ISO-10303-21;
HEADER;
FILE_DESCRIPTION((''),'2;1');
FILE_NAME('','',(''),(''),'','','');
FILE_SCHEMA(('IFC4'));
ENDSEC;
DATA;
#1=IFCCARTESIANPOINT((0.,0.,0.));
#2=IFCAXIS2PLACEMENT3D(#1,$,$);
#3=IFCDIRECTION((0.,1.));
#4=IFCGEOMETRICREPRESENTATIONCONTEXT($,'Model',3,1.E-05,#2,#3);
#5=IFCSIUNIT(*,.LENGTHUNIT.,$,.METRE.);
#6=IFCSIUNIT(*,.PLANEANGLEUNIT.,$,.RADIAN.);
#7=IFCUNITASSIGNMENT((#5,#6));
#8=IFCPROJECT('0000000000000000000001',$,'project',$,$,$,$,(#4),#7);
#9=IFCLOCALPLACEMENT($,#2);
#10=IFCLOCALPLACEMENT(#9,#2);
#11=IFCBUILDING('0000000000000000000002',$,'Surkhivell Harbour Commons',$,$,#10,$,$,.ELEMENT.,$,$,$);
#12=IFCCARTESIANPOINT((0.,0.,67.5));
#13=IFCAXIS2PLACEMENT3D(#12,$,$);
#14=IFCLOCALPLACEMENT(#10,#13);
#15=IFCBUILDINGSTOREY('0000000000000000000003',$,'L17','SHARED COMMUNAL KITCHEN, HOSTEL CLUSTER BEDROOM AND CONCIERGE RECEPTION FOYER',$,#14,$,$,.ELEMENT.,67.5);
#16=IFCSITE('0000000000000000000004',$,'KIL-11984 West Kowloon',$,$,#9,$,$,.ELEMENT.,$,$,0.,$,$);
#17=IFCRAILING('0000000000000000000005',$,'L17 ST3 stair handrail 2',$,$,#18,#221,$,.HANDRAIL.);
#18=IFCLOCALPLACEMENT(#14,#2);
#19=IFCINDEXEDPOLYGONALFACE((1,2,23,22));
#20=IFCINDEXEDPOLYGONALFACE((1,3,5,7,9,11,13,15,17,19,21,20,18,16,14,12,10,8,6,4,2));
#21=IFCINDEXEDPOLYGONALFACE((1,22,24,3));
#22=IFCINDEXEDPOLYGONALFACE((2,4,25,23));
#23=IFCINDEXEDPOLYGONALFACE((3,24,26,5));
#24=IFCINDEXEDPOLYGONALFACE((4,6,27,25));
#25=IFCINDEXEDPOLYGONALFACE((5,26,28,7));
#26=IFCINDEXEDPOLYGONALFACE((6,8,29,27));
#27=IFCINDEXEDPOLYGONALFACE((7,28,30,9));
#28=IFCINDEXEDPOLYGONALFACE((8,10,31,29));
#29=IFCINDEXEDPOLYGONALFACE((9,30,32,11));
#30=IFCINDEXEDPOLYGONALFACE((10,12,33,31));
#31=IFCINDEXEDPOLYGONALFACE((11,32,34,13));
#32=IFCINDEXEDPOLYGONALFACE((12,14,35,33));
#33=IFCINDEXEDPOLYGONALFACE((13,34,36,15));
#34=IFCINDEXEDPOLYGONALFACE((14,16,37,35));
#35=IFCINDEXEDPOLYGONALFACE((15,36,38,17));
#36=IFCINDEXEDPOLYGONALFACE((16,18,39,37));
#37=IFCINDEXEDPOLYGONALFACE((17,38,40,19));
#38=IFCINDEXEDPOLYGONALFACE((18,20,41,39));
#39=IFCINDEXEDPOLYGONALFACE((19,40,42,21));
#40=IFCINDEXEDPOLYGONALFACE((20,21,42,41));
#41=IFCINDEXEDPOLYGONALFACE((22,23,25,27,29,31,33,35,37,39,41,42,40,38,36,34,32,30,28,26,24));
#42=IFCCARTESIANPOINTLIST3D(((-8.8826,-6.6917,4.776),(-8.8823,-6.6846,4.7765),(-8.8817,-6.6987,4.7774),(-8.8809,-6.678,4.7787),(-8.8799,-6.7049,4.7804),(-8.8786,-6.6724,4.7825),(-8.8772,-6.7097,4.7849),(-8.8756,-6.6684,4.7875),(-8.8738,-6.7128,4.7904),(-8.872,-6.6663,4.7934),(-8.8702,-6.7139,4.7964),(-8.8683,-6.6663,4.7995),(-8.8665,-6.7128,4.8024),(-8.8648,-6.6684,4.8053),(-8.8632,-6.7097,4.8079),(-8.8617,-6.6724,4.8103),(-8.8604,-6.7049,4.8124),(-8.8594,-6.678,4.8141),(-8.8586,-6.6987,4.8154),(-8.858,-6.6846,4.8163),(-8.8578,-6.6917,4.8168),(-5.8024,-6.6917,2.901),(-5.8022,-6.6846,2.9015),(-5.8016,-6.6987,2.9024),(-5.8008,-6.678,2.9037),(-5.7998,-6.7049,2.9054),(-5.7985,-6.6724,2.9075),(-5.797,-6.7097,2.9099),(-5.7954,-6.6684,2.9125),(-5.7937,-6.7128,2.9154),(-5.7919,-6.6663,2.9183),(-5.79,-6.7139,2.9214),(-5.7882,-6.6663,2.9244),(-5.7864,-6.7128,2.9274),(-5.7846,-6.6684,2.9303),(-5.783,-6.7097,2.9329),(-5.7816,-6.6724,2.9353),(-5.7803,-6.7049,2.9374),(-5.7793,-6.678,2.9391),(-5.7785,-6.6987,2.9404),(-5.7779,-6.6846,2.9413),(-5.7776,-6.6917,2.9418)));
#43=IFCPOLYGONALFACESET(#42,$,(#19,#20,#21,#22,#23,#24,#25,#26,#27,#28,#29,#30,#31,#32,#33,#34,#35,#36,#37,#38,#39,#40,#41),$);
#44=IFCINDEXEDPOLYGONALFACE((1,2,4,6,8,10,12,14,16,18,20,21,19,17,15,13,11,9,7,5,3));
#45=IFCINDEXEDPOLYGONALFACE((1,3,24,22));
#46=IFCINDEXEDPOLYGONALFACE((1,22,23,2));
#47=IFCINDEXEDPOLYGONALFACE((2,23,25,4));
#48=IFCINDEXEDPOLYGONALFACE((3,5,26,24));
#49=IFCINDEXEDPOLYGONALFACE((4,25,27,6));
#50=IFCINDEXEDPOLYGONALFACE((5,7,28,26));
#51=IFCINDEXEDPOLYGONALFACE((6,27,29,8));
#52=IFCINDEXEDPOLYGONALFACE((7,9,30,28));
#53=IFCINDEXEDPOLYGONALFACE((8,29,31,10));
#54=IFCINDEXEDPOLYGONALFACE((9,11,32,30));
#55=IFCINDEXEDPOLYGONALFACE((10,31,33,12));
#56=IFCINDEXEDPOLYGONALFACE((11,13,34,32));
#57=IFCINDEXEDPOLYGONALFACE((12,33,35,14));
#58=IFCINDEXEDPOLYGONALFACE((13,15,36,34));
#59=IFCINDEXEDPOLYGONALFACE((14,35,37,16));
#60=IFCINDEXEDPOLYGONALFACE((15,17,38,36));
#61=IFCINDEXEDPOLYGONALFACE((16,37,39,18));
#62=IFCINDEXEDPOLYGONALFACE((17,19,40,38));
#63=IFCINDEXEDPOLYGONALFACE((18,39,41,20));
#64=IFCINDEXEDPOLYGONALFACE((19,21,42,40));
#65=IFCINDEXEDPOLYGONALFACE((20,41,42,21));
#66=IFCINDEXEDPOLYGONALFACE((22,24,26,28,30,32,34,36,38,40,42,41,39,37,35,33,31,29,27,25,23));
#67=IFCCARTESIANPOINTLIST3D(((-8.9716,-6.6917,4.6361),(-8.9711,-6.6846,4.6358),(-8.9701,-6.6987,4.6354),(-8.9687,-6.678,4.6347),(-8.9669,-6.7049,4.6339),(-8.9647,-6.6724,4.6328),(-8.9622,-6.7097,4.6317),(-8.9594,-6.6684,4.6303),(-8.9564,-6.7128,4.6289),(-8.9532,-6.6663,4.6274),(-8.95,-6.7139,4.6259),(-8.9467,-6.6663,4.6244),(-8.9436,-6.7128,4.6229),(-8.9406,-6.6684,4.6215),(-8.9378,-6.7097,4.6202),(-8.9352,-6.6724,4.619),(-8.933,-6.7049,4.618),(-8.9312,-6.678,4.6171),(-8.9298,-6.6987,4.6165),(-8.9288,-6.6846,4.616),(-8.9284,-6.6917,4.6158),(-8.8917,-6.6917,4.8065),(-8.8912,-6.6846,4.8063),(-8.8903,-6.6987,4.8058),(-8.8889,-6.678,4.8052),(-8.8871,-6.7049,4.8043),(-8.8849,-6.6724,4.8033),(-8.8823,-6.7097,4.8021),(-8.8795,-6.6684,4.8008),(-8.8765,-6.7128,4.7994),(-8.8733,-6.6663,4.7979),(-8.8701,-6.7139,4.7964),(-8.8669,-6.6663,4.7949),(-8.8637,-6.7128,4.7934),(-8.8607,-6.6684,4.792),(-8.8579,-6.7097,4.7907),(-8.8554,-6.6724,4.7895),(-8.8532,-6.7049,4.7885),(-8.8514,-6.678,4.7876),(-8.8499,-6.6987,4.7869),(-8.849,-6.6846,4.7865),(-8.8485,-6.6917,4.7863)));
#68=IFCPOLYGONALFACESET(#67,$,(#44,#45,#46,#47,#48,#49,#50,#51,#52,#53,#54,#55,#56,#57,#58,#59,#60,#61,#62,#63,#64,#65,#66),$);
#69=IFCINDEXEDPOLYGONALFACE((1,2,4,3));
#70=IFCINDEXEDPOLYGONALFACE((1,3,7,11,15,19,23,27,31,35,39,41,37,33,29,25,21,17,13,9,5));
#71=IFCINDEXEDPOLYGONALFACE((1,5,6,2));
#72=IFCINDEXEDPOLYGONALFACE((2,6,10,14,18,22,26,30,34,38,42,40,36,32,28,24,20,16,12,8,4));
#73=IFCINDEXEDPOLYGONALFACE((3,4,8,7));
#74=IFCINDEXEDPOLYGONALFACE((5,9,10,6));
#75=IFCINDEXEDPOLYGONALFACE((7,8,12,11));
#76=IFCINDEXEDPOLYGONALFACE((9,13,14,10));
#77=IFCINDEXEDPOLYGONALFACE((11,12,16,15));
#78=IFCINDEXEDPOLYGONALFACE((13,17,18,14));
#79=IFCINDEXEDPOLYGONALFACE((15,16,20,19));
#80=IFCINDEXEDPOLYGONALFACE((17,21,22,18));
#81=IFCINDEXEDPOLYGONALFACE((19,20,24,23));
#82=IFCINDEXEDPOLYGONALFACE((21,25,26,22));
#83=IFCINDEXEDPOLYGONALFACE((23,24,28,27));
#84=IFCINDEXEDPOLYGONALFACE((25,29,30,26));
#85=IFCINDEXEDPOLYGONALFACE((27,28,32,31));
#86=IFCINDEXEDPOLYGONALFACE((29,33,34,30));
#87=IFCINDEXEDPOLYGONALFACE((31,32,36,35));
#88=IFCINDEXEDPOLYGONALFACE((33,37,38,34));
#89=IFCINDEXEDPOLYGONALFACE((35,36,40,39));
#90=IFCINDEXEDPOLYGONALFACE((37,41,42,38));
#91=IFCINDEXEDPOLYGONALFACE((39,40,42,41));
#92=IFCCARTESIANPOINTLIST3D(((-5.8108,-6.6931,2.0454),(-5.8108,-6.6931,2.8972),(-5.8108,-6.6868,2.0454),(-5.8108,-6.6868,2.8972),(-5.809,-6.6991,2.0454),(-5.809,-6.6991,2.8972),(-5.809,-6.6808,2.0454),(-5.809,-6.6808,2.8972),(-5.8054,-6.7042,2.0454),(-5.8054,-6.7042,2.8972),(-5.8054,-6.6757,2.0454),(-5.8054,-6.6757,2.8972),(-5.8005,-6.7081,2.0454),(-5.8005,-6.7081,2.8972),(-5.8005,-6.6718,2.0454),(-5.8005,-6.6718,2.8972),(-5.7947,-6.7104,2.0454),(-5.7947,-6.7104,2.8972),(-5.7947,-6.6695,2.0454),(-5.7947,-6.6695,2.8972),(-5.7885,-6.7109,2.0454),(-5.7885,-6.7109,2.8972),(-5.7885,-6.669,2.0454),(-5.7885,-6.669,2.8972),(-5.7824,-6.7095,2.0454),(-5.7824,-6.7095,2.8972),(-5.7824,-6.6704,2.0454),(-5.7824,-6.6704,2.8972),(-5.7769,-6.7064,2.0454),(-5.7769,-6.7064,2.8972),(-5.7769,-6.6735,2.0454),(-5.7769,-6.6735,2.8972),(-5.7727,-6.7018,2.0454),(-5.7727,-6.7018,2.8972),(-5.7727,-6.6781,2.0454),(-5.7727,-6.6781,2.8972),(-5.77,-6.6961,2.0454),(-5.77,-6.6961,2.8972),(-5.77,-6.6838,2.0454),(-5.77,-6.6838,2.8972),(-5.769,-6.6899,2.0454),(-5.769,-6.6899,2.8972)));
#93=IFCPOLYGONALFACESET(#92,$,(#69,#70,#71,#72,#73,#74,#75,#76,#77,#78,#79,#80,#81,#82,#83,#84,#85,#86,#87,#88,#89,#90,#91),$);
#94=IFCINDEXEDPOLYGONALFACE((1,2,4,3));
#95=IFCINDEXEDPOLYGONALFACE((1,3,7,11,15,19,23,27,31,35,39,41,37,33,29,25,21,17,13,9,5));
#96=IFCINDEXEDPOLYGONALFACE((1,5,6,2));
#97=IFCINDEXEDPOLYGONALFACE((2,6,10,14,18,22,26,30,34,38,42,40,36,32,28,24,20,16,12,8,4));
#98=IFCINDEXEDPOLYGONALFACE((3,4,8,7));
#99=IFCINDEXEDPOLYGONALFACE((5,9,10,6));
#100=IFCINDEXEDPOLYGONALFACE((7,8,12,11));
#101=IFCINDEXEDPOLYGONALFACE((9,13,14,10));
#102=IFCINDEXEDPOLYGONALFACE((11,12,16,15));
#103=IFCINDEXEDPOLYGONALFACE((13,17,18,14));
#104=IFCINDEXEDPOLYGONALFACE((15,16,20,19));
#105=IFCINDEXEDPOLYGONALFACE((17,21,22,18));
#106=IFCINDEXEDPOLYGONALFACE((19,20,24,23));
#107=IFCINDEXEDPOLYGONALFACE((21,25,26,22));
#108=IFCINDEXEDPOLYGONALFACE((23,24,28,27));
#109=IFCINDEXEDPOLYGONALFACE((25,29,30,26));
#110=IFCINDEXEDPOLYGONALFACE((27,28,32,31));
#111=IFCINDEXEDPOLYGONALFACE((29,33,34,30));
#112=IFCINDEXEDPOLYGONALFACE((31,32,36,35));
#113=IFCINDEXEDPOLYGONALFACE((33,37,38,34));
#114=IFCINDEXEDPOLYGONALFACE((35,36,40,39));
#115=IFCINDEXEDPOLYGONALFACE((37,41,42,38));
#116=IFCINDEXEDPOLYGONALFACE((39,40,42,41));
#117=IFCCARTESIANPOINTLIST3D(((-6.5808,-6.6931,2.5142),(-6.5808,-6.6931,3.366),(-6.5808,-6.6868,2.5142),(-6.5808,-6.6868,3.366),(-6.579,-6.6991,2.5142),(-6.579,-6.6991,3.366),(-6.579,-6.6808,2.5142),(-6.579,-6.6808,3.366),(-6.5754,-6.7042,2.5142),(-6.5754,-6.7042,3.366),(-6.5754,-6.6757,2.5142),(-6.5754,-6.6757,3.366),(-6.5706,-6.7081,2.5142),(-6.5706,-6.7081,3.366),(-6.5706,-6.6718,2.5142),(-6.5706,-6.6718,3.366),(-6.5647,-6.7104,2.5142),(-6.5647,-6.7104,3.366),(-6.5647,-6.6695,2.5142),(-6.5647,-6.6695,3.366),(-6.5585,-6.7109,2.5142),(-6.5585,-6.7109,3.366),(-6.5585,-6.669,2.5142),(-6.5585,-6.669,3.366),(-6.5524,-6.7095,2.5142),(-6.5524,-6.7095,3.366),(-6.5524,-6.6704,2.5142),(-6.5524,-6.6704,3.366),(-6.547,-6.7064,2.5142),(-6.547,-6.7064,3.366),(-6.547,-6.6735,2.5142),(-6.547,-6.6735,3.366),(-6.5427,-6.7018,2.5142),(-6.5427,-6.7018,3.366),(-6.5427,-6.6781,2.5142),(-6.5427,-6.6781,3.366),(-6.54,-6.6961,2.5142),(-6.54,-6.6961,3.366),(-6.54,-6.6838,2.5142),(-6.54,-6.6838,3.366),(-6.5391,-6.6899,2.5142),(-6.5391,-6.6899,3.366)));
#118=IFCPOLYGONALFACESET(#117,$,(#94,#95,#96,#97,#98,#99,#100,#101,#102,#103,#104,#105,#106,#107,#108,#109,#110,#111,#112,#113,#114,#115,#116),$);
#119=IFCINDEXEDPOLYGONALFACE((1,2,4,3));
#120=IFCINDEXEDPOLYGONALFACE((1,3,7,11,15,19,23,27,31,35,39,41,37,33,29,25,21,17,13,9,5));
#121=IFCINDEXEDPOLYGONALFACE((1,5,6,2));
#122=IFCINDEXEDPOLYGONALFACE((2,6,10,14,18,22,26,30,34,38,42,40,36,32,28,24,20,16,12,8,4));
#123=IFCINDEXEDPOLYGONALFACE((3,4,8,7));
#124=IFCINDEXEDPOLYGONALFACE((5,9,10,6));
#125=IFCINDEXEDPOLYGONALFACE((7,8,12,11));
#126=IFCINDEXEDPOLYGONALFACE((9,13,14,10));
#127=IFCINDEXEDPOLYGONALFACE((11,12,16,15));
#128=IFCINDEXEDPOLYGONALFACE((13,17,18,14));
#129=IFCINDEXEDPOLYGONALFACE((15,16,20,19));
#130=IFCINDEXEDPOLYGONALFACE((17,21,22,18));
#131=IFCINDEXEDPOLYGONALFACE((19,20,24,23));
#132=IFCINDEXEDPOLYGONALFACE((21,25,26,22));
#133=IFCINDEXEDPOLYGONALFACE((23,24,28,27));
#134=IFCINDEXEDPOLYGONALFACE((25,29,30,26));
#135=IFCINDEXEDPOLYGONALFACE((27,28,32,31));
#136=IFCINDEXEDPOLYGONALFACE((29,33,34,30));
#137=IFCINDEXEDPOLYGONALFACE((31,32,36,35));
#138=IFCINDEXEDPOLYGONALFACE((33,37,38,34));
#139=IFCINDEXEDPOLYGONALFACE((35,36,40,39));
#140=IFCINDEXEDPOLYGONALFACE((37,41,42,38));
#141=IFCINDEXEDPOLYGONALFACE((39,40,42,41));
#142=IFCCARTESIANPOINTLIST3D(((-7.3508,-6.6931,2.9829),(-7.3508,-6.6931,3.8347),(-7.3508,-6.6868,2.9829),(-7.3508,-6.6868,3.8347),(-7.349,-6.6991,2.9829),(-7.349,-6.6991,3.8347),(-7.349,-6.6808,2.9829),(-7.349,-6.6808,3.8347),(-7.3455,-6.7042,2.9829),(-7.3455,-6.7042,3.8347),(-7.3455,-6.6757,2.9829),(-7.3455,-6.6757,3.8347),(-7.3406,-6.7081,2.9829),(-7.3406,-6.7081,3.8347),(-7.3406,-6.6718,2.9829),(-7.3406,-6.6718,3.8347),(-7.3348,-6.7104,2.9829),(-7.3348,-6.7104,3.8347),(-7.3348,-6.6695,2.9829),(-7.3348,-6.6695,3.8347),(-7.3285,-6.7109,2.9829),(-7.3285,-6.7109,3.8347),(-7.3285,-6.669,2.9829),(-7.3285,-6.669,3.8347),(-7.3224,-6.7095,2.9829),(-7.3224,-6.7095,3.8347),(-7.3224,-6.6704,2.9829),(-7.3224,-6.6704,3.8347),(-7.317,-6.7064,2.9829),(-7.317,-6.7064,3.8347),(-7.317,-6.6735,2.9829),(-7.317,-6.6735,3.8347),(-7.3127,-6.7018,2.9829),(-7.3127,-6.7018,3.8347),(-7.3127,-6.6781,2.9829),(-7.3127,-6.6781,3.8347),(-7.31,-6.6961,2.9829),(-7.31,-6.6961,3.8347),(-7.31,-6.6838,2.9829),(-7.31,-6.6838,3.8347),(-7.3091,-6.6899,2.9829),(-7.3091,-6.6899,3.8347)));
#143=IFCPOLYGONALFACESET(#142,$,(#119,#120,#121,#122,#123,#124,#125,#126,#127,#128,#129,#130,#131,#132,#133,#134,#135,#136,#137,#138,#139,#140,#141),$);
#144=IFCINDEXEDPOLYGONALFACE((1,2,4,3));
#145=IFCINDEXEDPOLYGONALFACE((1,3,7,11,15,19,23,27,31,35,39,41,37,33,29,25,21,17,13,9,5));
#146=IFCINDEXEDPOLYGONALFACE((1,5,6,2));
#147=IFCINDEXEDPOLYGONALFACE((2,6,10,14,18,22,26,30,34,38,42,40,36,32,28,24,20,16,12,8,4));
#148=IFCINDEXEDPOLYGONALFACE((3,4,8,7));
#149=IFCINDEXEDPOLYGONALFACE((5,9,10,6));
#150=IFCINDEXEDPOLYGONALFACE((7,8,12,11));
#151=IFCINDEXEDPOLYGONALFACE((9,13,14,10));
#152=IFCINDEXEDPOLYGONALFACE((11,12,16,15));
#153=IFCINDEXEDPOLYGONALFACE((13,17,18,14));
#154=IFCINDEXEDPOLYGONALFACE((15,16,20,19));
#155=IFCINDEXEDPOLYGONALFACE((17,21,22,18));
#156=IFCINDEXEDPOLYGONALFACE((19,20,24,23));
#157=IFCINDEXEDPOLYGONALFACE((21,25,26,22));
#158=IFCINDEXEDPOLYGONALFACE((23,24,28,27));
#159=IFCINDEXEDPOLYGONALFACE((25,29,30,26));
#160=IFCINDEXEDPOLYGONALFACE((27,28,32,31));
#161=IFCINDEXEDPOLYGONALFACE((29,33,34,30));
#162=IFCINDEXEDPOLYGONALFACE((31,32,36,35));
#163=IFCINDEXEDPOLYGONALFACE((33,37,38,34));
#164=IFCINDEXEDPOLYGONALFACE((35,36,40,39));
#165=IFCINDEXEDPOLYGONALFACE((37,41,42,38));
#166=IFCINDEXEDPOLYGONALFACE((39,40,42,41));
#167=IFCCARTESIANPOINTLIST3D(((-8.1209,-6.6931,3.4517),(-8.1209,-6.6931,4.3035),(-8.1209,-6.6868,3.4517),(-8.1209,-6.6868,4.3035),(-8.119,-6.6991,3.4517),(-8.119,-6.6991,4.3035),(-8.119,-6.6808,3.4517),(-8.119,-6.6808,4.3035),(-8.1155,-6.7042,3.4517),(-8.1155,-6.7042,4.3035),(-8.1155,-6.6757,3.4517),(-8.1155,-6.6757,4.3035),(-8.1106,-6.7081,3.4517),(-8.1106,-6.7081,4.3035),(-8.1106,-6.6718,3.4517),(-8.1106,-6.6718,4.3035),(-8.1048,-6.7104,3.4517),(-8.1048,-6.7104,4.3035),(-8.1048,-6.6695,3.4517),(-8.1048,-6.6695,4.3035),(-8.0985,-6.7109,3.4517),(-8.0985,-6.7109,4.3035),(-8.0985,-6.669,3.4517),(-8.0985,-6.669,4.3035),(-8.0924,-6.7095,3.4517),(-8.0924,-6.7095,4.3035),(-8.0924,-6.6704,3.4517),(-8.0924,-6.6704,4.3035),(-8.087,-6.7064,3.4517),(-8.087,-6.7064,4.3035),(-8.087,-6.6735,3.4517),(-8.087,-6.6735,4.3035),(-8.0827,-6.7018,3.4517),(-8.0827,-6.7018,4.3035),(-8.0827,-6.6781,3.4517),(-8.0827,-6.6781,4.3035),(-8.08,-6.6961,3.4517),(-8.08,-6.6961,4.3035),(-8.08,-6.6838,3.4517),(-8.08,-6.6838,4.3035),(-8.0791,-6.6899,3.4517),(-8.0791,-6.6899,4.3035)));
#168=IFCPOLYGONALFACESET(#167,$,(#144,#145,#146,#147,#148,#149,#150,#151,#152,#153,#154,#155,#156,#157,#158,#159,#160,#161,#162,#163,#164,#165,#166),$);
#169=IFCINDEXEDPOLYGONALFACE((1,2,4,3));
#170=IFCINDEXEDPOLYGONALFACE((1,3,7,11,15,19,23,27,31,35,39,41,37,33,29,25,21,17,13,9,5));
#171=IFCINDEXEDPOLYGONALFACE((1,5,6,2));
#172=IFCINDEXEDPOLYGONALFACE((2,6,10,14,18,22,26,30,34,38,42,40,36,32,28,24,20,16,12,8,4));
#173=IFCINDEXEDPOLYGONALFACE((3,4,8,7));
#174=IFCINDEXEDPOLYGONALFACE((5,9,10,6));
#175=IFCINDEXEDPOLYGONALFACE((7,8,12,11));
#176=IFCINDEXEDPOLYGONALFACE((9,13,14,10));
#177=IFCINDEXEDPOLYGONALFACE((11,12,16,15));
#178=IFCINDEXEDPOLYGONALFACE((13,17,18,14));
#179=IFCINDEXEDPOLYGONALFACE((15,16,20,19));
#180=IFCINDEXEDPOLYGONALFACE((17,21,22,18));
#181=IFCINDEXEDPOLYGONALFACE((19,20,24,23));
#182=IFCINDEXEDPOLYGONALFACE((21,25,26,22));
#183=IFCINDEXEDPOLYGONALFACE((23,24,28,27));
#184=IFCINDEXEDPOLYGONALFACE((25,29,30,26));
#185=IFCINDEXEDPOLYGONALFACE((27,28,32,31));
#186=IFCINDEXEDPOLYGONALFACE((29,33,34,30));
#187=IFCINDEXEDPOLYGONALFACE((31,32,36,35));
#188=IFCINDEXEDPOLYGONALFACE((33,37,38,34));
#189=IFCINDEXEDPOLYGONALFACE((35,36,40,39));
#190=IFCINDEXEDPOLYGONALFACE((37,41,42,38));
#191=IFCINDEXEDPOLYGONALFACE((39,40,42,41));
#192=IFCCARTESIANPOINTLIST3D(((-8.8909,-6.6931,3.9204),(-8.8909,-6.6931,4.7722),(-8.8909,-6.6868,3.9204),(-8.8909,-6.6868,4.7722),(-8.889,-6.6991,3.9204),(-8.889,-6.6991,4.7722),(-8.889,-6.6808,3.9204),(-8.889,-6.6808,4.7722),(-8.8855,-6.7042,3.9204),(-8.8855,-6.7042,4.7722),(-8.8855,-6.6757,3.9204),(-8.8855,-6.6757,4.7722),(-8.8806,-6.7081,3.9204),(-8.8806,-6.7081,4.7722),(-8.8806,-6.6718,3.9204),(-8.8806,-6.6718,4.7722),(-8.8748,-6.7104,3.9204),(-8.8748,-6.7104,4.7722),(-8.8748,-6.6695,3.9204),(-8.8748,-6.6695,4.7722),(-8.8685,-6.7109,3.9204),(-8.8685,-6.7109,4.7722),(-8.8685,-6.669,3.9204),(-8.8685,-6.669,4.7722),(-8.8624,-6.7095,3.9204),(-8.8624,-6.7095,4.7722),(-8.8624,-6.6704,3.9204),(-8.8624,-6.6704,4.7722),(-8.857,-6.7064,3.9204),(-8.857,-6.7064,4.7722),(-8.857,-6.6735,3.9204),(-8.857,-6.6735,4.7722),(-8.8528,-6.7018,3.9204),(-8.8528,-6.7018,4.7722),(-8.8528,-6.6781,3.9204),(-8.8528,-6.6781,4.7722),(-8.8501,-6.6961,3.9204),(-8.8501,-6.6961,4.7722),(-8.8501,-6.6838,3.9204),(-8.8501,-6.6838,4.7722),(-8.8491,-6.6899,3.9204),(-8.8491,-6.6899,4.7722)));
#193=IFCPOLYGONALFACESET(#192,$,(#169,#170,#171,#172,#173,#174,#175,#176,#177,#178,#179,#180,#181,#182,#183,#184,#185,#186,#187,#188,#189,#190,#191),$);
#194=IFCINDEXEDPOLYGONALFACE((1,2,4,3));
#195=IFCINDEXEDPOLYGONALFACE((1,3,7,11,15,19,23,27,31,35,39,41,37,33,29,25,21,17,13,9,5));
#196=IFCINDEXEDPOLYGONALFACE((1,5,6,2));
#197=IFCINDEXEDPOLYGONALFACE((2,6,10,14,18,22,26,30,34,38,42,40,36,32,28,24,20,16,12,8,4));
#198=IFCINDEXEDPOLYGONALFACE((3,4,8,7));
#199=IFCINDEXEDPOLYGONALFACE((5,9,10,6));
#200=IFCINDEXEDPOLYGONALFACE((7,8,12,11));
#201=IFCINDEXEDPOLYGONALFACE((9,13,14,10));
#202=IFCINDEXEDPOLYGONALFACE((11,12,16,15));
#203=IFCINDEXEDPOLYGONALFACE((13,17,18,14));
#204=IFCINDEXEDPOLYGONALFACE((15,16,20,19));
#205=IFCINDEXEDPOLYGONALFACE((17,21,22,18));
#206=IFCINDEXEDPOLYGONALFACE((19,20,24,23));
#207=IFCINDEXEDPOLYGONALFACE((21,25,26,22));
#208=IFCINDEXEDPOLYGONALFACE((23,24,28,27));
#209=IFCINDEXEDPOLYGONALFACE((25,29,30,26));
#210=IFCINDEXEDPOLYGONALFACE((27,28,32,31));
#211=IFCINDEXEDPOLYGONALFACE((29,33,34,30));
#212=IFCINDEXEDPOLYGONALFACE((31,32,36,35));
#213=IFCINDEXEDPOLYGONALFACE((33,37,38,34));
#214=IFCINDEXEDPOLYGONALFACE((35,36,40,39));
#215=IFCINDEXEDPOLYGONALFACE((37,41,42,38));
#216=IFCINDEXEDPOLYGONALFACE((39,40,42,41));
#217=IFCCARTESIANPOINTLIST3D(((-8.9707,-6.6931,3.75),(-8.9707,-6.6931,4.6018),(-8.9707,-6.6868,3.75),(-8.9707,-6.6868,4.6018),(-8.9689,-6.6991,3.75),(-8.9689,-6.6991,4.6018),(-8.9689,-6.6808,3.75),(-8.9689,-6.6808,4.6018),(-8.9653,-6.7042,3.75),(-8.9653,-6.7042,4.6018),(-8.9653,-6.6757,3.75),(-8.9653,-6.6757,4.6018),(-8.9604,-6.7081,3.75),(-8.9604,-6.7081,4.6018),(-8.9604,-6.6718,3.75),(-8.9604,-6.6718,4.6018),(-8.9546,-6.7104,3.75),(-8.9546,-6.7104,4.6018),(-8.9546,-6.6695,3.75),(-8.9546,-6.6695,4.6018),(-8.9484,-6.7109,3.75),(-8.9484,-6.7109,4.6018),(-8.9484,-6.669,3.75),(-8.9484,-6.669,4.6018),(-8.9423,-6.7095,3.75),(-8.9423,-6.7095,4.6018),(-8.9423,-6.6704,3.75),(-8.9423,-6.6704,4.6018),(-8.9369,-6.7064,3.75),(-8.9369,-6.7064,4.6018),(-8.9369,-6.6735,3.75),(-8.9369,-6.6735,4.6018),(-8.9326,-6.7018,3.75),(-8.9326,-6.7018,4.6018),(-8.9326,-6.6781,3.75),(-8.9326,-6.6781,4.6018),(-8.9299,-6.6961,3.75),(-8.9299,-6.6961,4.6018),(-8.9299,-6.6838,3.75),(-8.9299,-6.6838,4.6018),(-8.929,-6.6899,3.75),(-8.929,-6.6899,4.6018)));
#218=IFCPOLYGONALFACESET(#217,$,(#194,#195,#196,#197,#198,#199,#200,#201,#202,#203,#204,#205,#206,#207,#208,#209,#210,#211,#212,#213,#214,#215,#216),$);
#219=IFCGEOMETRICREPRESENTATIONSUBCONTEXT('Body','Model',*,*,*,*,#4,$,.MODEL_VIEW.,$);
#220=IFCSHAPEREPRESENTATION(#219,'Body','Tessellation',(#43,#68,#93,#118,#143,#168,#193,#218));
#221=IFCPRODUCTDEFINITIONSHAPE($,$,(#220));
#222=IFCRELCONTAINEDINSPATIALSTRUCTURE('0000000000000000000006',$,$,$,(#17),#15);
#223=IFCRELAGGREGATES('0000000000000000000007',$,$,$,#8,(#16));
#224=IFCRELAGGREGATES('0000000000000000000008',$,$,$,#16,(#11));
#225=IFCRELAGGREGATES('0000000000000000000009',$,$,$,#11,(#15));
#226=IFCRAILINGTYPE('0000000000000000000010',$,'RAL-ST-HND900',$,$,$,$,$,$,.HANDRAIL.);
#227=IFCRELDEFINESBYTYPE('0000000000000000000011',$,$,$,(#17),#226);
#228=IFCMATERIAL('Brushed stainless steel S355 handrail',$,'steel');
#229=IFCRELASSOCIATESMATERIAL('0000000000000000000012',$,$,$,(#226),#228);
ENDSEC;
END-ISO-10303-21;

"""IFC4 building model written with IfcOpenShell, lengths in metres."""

from ifc_helpers import new_model, si_unit, direction, frame, origin, origin_2d, place, context, subcontext, project, spatial, circle, extrude, material, type_object, element, save


model = new_model("IFC4")

# Units and contexts
model_context = context("Model", 3, precision=1e-05, world=origin(), true_north=direction((0.0, 1.0)))
body_context = subcontext(model_context, "Body", "Model", "MODEL_VIEW")
ifc_project = project(units=[si_unit("LENGTHUNIT", "METRE"), si_unit("PLANEANGLEUNIT", "RADIAN")], contexts=[model_context])

# Site, building, storey
site_placement = place(None, origin())
site = spatial("IfcSite", under=ifc_project, at=site_placement, Name="KIL-11984 West Kowloon", CompositionType="ELEMENT", RefElevation=0.0)
building_placement = place(site_placement, origin())
building = spatial("IfcBuilding", under=site, at=building_placement, Name="Surkhivell Harbour Commons", CompositionType="ELEMENT")
storey_placement = place(building_placement, frame((0.0, 0.0, 67.5)))
storey = spatial("IfcBuildingStorey", under=building, at=storey_placement, Name="L17", Description="SHARED COMMUNAL KITCHEN, HOSTEL CLUSTER BEDROOM AND CONCIERGE RECEPTION FOYER", CompositionType="ELEMENT", Elevation=67.5)

# Railing
ifc_material_1 = material(Name="Brushed stainless steel S355 handrail", Category="steel")
railing_type_1 = type_object("IfcRailingType", Name="RAL-ST-HND900", PredefinedType="HANDRAIL", material=ifc_material_1)
railing_1_placement = place(storey_placement, frame((-5.79, -6.6899, 2.0454)))
element("IfcRailing", 1, at=railing_1_placement, inside=storey, type_object=railing_type_1, Name="L17 ST3 stair handrail 2", PredefinedType="HANDRAIL", context=body_context, shape_type="SweptSolid", body=[
    extrude(circle(Radius=0.0239, at=origin_2d()), frame((0.0, 0.0, 0.876), z_axis=(-0.854178, 0.0, 0.519981), x_axis=(0.0, -1.0, 0.0)), (0.0, 0.0, 1.0), 3.606),
    extrude(circle(Radius=0.0239, at=origin_2d()), frame((-3.0801, 0.0, 2.751), z_axis=(-0.424234, 0.0, -0.905552), x_axis=(0.0, -1.0, 0.0)), (0.0, 0.0, 1.0), 0.1882),
    extrude(circle(Radius=0.021, at=origin_2d()), origin(), (0.0, 0.0, 1.0), 0.8518),
    extrude(circle(Radius=0.021, at=origin_2d()), frame((-0.77, 0.0, 0.4688)), (0.0, 0.0, 1.0), 0.8518),
    extrude(circle(Radius=0.021, at=origin_2d()), frame((-1.54, 0.0, 0.9375)), (0.0, 0.0, 1.0), 0.8518),
    extrude(circle(Radius=0.021, at=origin_2d()), frame((-2.3101, 0.0, 1.4062)), (0.0, 0.0, 1.0), 0.8518),
    extrude(circle(Radius=0.021, at=origin_2d()), frame((-3.0801, 0.0, 1.875)), (0.0, 0.0, 1.0), 0.8518),
    extrude(circle(Radius=0.021, at=origin_2d()), frame((-3.1599, 0.0, 1.7046)), (0.0, 0.0, 1.0), 0.8518),
])

save(model, "model.ifc")
